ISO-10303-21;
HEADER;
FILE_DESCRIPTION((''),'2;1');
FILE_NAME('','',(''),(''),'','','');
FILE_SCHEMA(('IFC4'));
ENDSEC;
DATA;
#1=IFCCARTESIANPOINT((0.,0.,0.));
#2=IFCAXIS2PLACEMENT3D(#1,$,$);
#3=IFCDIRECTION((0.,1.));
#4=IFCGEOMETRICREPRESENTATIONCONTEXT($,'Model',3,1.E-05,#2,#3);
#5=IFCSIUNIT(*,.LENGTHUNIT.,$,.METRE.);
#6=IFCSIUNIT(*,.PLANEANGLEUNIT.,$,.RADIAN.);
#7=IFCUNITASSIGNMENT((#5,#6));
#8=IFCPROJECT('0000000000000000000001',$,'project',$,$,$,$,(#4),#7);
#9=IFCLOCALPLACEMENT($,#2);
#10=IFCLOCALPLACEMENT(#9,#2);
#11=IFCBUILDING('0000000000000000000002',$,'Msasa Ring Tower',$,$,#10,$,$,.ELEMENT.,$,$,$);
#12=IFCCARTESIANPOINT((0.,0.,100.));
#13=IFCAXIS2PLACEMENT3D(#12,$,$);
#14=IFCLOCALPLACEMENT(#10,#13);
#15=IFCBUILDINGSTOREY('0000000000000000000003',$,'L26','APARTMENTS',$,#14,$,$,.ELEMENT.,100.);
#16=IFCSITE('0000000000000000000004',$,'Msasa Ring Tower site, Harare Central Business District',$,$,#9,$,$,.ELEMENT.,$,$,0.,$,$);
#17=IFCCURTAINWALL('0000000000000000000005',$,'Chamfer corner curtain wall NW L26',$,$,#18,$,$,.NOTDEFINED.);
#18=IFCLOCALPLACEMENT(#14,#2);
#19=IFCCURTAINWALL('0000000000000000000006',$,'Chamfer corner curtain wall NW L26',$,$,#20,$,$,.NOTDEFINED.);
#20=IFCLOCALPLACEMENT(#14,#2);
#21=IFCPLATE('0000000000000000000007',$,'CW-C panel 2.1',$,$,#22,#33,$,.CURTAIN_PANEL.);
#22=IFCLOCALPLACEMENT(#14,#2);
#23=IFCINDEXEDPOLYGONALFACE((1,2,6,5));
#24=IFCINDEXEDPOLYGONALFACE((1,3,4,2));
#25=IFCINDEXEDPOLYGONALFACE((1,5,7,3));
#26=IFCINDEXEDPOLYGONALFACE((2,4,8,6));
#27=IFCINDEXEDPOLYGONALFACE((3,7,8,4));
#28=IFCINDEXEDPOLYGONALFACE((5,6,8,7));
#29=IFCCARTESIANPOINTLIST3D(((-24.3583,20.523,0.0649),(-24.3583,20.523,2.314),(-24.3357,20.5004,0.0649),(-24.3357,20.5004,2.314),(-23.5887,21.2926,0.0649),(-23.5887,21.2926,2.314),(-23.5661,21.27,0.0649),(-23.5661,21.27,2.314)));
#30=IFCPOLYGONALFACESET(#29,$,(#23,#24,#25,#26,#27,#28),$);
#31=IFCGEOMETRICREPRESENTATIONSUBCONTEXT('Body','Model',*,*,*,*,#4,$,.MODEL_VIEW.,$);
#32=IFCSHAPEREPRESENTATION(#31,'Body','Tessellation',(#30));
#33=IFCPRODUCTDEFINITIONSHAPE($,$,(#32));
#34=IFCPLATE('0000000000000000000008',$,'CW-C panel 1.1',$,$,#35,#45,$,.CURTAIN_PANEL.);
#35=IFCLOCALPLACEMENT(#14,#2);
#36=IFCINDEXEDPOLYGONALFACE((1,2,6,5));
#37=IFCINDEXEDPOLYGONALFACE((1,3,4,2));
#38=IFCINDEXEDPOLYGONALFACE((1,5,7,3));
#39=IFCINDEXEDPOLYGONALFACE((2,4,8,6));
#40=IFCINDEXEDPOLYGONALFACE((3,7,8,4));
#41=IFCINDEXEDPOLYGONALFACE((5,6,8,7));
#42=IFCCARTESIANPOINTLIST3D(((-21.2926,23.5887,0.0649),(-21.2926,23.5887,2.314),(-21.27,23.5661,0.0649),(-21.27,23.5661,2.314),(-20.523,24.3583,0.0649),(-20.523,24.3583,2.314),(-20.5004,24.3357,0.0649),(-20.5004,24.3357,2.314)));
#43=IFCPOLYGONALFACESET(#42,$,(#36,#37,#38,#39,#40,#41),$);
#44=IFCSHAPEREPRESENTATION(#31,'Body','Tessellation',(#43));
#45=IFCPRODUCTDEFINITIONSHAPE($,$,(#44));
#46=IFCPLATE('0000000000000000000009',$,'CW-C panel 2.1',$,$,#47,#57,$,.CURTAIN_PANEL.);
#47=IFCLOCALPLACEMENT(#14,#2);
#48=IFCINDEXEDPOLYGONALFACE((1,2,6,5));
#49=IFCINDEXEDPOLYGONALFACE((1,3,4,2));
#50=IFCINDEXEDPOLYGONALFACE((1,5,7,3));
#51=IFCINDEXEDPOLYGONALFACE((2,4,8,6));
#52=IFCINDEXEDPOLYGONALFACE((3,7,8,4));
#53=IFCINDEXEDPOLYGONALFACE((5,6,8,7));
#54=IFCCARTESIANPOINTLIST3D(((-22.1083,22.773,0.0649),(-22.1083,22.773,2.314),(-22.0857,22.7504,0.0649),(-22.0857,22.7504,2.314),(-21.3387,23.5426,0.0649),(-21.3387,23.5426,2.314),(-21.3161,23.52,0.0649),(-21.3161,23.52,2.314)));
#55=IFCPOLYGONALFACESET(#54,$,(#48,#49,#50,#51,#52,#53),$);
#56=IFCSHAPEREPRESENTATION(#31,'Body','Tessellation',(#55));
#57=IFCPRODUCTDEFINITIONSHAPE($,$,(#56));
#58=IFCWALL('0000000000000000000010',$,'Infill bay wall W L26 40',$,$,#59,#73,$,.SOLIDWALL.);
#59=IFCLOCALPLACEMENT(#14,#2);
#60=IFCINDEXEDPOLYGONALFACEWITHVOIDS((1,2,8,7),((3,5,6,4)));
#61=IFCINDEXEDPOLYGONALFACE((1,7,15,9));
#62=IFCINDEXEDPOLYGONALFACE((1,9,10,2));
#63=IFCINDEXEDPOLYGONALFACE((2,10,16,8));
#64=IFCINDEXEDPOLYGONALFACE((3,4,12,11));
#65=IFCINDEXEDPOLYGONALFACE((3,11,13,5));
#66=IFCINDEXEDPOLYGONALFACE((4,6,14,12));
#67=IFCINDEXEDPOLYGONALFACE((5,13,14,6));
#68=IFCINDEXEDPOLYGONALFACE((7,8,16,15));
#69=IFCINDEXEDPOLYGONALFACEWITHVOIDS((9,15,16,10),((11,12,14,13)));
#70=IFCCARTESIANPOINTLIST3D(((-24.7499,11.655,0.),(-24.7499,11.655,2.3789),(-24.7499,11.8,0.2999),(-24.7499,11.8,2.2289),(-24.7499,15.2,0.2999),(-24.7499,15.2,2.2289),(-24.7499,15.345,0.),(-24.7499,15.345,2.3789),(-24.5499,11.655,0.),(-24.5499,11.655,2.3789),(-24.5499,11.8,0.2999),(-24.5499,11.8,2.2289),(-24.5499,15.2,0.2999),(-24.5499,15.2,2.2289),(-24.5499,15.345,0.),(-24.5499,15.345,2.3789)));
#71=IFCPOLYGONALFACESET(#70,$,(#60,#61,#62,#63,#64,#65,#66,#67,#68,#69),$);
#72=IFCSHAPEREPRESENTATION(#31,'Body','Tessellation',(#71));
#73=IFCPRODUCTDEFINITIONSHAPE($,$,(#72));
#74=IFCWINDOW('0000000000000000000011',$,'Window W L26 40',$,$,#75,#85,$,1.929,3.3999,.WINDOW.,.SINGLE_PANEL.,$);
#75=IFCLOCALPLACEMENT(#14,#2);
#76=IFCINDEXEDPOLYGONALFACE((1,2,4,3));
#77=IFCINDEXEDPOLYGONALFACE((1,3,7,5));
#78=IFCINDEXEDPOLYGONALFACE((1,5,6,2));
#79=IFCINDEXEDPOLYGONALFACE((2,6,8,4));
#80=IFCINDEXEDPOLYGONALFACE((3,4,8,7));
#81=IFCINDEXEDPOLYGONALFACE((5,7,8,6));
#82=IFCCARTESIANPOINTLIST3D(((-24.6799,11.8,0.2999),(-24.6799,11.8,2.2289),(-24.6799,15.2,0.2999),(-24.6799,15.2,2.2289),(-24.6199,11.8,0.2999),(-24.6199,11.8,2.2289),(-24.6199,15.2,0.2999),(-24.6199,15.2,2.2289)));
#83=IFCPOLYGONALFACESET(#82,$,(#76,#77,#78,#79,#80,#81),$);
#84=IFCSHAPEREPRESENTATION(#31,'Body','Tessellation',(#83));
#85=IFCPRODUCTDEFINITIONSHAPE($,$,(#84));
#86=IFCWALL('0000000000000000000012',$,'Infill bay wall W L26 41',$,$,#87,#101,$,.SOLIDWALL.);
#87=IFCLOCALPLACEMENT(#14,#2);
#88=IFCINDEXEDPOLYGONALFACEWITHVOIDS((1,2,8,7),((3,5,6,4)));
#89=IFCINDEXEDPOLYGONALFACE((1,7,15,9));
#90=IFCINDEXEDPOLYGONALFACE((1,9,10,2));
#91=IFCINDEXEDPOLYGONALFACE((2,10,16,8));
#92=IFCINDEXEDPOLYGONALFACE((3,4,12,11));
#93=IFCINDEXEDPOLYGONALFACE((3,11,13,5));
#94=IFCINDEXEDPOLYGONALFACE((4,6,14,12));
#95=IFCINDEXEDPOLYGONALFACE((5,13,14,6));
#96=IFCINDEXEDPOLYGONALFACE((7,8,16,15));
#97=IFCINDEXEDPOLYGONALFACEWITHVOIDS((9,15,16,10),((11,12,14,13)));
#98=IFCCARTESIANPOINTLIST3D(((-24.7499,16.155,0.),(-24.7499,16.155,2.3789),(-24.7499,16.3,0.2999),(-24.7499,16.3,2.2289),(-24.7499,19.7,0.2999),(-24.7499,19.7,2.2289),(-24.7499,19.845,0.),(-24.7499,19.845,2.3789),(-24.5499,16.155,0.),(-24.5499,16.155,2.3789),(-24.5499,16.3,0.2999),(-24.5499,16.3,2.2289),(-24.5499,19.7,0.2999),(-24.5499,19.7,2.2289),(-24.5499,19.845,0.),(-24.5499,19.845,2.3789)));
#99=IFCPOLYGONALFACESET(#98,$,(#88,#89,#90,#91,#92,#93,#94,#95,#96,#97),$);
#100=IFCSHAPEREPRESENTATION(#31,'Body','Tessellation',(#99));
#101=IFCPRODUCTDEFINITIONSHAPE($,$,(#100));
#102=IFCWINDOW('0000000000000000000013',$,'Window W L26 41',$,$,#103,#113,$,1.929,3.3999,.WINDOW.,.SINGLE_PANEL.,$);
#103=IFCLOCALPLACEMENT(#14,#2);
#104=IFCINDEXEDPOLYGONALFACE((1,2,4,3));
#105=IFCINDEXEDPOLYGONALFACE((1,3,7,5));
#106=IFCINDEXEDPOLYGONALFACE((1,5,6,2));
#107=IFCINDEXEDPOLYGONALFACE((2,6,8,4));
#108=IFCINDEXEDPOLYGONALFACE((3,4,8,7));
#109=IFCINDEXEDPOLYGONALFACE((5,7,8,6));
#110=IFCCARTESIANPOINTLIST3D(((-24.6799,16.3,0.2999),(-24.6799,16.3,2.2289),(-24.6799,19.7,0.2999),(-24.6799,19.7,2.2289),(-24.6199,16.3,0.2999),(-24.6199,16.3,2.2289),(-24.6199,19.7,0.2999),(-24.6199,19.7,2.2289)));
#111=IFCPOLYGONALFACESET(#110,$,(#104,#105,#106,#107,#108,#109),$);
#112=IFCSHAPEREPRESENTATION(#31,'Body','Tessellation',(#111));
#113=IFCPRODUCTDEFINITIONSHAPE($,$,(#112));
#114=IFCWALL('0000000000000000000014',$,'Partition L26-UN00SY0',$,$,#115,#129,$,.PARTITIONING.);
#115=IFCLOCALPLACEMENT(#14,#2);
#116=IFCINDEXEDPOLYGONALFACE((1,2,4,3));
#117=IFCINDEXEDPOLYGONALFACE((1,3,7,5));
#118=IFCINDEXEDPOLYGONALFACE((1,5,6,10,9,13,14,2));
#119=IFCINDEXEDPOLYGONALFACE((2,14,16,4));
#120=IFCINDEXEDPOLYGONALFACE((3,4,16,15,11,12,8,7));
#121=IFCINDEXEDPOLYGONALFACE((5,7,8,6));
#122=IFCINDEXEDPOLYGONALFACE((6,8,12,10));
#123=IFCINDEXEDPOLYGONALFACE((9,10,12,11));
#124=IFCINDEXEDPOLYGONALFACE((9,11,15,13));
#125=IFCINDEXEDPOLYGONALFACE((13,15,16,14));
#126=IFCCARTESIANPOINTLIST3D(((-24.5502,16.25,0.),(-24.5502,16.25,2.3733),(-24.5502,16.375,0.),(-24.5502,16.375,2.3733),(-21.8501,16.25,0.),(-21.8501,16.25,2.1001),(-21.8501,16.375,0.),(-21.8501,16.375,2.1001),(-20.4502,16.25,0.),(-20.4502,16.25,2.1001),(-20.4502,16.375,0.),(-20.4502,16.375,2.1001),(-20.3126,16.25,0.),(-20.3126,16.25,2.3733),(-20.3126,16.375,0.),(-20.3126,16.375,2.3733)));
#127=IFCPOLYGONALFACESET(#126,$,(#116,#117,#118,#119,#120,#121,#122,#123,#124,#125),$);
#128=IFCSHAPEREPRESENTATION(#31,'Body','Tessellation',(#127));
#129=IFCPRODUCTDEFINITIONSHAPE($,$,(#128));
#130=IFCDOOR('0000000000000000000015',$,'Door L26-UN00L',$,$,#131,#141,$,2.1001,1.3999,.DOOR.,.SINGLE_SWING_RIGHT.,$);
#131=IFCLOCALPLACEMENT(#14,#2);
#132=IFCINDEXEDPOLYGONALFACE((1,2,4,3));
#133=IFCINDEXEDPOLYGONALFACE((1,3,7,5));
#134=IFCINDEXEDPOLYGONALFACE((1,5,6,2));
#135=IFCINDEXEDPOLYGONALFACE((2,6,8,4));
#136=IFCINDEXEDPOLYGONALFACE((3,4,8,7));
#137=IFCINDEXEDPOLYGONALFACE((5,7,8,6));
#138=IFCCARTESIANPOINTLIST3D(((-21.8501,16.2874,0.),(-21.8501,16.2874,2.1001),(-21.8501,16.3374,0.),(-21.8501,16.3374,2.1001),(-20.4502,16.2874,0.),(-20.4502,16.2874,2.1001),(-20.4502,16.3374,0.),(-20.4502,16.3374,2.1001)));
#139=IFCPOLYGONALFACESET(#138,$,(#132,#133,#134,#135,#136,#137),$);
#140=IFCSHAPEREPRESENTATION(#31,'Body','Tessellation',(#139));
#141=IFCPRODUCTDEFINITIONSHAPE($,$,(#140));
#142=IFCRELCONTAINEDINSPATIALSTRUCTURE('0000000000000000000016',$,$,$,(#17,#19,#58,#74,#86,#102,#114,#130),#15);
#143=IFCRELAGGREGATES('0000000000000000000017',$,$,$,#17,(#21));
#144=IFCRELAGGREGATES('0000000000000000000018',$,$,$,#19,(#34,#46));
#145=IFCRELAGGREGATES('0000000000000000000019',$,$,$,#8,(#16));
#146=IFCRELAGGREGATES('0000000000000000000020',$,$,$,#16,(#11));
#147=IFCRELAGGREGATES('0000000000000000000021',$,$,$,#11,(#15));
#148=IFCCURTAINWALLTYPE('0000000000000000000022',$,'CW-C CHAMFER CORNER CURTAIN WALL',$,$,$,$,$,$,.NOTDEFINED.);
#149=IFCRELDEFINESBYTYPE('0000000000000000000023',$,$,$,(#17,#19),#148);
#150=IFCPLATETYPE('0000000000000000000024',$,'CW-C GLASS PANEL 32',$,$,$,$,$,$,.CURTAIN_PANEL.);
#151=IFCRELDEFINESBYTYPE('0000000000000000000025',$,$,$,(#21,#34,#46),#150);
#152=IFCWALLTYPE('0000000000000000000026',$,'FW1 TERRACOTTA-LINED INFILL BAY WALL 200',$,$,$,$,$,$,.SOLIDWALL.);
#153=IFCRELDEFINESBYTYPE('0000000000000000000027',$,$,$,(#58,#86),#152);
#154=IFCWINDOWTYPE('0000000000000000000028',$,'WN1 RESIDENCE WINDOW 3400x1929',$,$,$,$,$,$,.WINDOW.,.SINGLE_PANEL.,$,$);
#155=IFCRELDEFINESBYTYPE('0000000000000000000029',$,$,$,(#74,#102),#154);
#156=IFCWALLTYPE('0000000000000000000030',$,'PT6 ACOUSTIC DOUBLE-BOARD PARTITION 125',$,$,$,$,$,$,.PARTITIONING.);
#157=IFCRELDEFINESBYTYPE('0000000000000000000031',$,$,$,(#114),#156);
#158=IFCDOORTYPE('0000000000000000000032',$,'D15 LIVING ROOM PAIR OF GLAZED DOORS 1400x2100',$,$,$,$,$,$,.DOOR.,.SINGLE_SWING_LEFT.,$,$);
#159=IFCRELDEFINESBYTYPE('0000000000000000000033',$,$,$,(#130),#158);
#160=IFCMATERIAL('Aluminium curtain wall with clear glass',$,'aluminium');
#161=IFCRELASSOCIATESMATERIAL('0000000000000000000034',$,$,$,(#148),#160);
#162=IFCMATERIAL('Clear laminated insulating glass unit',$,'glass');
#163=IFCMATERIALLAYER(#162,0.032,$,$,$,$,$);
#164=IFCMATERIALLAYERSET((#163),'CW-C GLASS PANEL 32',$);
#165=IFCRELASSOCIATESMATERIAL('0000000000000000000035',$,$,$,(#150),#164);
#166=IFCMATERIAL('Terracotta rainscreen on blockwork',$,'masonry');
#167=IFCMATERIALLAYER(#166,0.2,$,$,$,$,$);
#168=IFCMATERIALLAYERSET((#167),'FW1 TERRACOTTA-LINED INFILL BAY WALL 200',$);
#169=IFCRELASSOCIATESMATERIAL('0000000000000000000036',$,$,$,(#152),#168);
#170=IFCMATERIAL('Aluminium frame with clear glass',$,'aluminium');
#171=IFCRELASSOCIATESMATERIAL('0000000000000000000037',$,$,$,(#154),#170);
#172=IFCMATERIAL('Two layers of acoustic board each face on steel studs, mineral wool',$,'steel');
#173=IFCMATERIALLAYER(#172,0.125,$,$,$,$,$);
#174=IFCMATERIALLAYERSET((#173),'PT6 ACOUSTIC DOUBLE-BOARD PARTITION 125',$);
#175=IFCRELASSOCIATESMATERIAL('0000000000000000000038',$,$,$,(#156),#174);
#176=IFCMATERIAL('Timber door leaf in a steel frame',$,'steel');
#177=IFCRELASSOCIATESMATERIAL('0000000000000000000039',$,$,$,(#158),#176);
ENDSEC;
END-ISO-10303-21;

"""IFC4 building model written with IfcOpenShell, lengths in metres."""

from ifc_helpers import new_model, si_unit, direction, frame, frame_2d, origin, origin_2d, place, context, subcontext, project, spatial, rectangle, extrude, material, layer, layer_set, type_object, element, fill, aggregate, save


model = new_model("IFC4")

# Units and contexts
model_context = context("Model", 3, precision=1e-05, world=origin(), true_north=direction((0.0, 1.0)))
body_context = subcontext(model_context, "Body", "Model", "MODEL_VIEW")
ifc_project = project(units=[si_unit("LENGTHUNIT", "METRE"), si_unit("PLANEANGLEUNIT", "RADIAN")], contexts=[model_context])

# Site, building, storey
site_placement = place(None, origin())
site = spatial("IfcSite", under=ifc_project, at=site_placement, Name="Msasa Ring Tower site, Harare Central Business District", CompositionType="ELEMENT", RefElevation=0.0)
building_placement = place(site_placement, origin())
building = spatial("IfcBuilding", under=site, at=building_placement, Name="Msasa Ring Tower", CompositionType="ELEMENT")
storey_placement = place(building_placement, frame((0.0, 0.0, 100.0)))
storey = spatial("IfcBuildingStorey", under=building, at=storey_placement, Name="L26", Description="APARTMENTS", CompositionType="ELEMENT", Elevation=100.0)

# Curtain walls
ifc_material_1 = material(Name="Aluminium curtain wall with clear glass", Category="aluminium")
curtain_wall_type = type_object("IfcCurtainWallType", Name="CW-C CHAMFER CORNER CURTAIN WALL", PredefinedType="NOTDEFINED", material=ifc_material_1)
curtain_wall_1_placement = place(storey_placement, origin())
curtain_wall_1 = element("IfcCurtainWall", 1, at=curtain_wall_1_placement, inside=storey, type_object=curtain_wall_type, Name="Chamfer corner curtain wall NW L26", PredefinedType="NOTDEFINED")
curtain_wall_2_placement = place(storey_placement, origin())
curtain_wall_2 = element("IfcCurtainWall", 2, at=curtain_wall_2_placement, inside=storey, type_object=curtain_wall_type, Name="Chamfer corner curtain wall NW L26", PredefinedType="NOTDEFINED")

# Plates
ifc_material_2 = material(Name="Clear laminated insulating glass unit", Category="glass")
ifc_layer_1 = layer(ifc_material_2, 0.032)
ifc_layer_set_1 = layer_set([ifc_layer_1], Name="CW-C GLASS PANEL 32")
plate_type = type_object("IfcPlateType", Name="CW-C GLASS PANEL 32", PredefinedType="CURTAIN_PANEL", material=ifc_layer_set_1)
plate_1_placement = place(storey_placement, frame((-23.9622, 20.8965, 0.0649), z_axis=(0.0, 0.0, 1.0), x_axis=(-0.707107, -0.707107, 0.0)))
plate_1 = element("IfcPlate", 3, at=plate_1_placement, type_object=plate_type, Name="CW-C panel 2.1", PredefinedType="CURTAIN_PANEL", context=body_context, shape_type="SweptSolid", body=[
    extrude(rectangle(XDim=1.0884, YDim=0.032, at=origin_2d()), origin(), (0.0, 0.0, 1.0), 2.249),
])
aggregate(curtain_wall_1, [plate_1])
plate_2_placement = place(storey_placement, frame((-20.8965, 23.9622, 0.0649), z_axis=(0.0, 0.0, 1.0), x_axis=(-0.707107, -0.707107, 0.0)))
plate_2 = element("IfcPlate", 4, at=plate_2_placement, type_object=plate_type, Name="CW-C panel 1.1", PredefinedType="CURTAIN_PANEL", context=body_context, shape_type="SweptSolid", body=[
    extrude(rectangle(XDim=1.0884, YDim=0.032, at=origin_2d()), origin(), (0.0, 0.0, 1.0), 2.249),
])
plate_3_placement = place(storey_placement, frame((-21.7122, 23.1465, 0.0649), z_axis=(0.0, 0.0, 1.0), x_axis=(-0.707107, -0.707107, 0.0)))
plate_3 = element("IfcPlate", 5, at=plate_3_placement, type_object=plate_type, Name="CW-C panel 2.1", PredefinedType="CURTAIN_PANEL", context=body_context, shape_type="SweptSolid", body=[
    extrude(rectangle(XDim=1.0884, YDim=0.032, at=origin_2d()), origin(), (0.0, 0.0, 1.0), 2.249),
])
aggregate(curtain_wall_2, [plate_2, plate_3])

# Walls, openings, windows
ifc_material_3 = material(Name="Terracotta rainscreen on blockwork", Category="masonry")
ifc_layer_2 = layer(ifc_material_3, 0.2)
ifc_layer_set_2 = layer_set([ifc_layer_2], Name="FW1 TERRACOTTA-LINED INFILL BAY WALL 200")
wall_type_1 = type_object("IfcWallType", Name="FW1 TERRACOTTA-LINED INFILL BAY WALL 200", PredefinedType="SOLIDWALL", material=ifc_layer_set_2)
wall_1_placement = place(storey_placement, frame((-24.6499, 11.655, 0.0), z_axis=(0.0, 0.0, 1.0), x_axis=(0.0, 1.0, 0.0)))
wall_1 = element("IfcWall", 6, at=wall_1_placement, inside=storey, type_object=wall_type_1, Name="Infill bay wall W L26 40", PredefinedType="SOLIDWALL", context=body_context, shape_type="SweptSolid", body=[
    extrude(rectangle(XDim=3.6899, YDim=0.2, at=frame_2d((1.845, 0.0))), origin(), (0.0, 0.0, 1.0), 2.3789),
])
opening_1_placement = place(wall_1_placement, frame((0.145, 0.0, 0.3)))
opening_1 = element("IfcOpeningElement", 7, at=opening_1_placement, cuts=wall_1, PredefinedType="OPENING", context=body_context, shape_type="SweptSolid", body=[
    extrude(rectangle(XDim=3.3999, YDim=1.929, at=frame_2d((1.7, 0.9644))), frame((0.0, 0.1099, 0.0), z_axis=(0.0, -1.0, 0.0), x_axis=(1.0, 0.0, 0.0)), (0.0, 0.0, 1.0), 0.22),
])
ifc_material_4 = material(Name="Aluminium frame with clear glass", Category="aluminium")
window_type = type_object("IfcWindowType", Name="WN1 RESIDENCE WINDOW 3400x1929", PartitioningType="SINGLE_PANEL", PredefinedType="WINDOW", material=ifc_material_4)
window_1_placement = place(opening_1_placement, origin())
window_1 = element("IfcWindow", 8, at=window_1_placement, inside=storey, type_object=window_type, Name="Window W L26 40", OverallHeight=1.929, OverallWidth=3.3999, PartitioningType="SINGLE_PANEL", PredefinedType="WINDOW", context=body_context, shape_type="SweptSolid", body=[
    extrude(rectangle(XDim=3.3999, YDim=1.929, at=frame_2d((1.7, 0.9644))), frame((0.0, 0.03, 0.0), z_axis=(0.0, -1.0, 0.0), x_axis=(1.0, 0.0, 0.0)), (0.0, 0.0, 1.0), 0.0601),
])
fill(opening_1, window_1)
wall_2_placement = place(storey_placement, frame((-24.6499, 16.155, 0.0), z_axis=(0.0, 0.0, 1.0), x_axis=(0.0, 1.0, 0.0)))
wall_2 = element("IfcWall", 9, at=wall_2_placement, inside=storey, type_object=wall_type_1, Name="Infill bay wall W L26 41", PredefinedType="SOLIDWALL", context=body_context, shape_type="SweptSolid", body=[
    extrude(rectangle(XDim=3.6899, YDim=0.2, at=frame_2d((1.845, 0.0))), origin(), (0.0, 0.0, 1.0), 2.3789),
])
opening_2_placement = place(wall_2_placement, frame((0.145, 0.0, 0.3)))
opening_2 = element("IfcOpeningElement", 10, at=opening_2_placement, cuts=wall_2, PredefinedType="OPENING", context=body_context, shape_type="SweptSolid", body=[
    extrude(rectangle(XDim=3.3999, YDim=1.929, at=frame_2d((1.7, 0.9644))), frame((0.0, 0.1099, 0.0), z_axis=(0.0, -1.0, 0.0), x_axis=(1.0, 0.0, 0.0)), (0.0, 0.0, 1.0), 0.22),
])
window_2_placement = place(opening_2_placement, origin())
window_2 = element("IfcWindow", 11, at=window_2_placement, inside=storey, type_object=window_type, Name="Window W L26 41", OverallHeight=1.929, OverallWidth=3.3999, PartitioningType="SINGLE_PANEL", PredefinedType="WINDOW", context=body_context, shape_type="SweptSolid", body=[
    extrude(rectangle(XDim=3.3999, YDim=1.929, at=frame_2d((1.7, 0.9644))), frame((0.0, 0.03, 0.0), z_axis=(0.0, -1.0, 0.0), x_axis=(1.0, 0.0, 0.0)), (0.0, 0.0, 1.0), 0.0601),
])
fill(opening_2, window_2)

# Wall, opening, door
ifc_material_5 = material(Name="Two layers of acoustic board each face on steel studs, mineral wool", Category="steel")
ifc_layer_3 = layer(ifc_material_5, 0.125)
ifc_layer_set_3 = layer_set([ifc_layer_3], Name="PT6 ACOUSTIC DOUBLE-BOARD PARTITION 125")
wall_type_2 = type_object("IfcWallType", Name="PT6 ACOUSTIC DOUBLE-BOARD PARTITION 125", PredefinedType="PARTITIONING", material=ifc_layer_set_3)
wall_3_placement = place(storey_placement, frame((-24.55, 16.3125, 0.0), z_axis=(0.0, 0.0, 1.0), x_axis=(1.0, 0.0, 0.0)))
wall_3 = element("IfcWall", 12, at=wall_3_placement, inside=storey, type_object=wall_type_2, Name="Partition L26-UN00SY0", PredefinedType="PARTITIONING", context=body_context, shape_type="SweptSolid", body=[
    extrude(rectangle(XDim=4.2375, YDim=0.125, at=frame_2d((2.1187, 0.0))), origin(), (0.0, 0.0, 1.0), 2.3733),
])
opening_3_placement = place(wall_3_placement, frame((2.7, 0.0, 0.0)))
opening_3 = element("IfcOpeningElement", 13, at=opening_3_placement, cuts=wall_3, PredefinedType="OPENING", context=body_context, shape_type="SweptSolid", body=[
    extrude(rectangle(XDim=1.3999, YDim=2.1001, at=frame_2d((0.7, 1.05))), frame((0.0, 0.0725, 0.0), z_axis=(0.0, -1.0, 0.0), x_axis=(1.0, 0.0, 0.0)), (0.0, 0.0, 1.0), 0.145),
])
ifc_material_6 = material(Name="Timber door leaf in a steel frame", Category="steel")
door_type = type_object("IfcDoorType", Name="D15 LIVING ROOM PAIR OF GLAZED DOORS 1400x2100", OperationType="SINGLE_SWING_LEFT", PredefinedType="DOOR", material=ifc_material_6)
door_placement = place(opening_3_placement, origin())
door = element("IfcDoor", 14, at=door_placement, inside=storey, type_object=door_type, Name="Door L26-UN00L", OperationType="SINGLE_SWING_RIGHT", OverallHeight=2.1001, OverallWidth=1.3999, PredefinedType="DOOR", context=body_context, shape_type="SweptSolid", body=[
    extrude(rectangle(XDim=1.3999, YDim=2.1001, at=frame_2d((0.7, 1.05))), frame((0.0, 0.0249, 0.0), z_axis=(0.0, -1.0, 0.0), x_axis=(1.0, 0.0, 0.0)), (0.0, 0.0, 1.0), 0.05),
])
fill(opening_3, door)

save(model, "model.ifc")
